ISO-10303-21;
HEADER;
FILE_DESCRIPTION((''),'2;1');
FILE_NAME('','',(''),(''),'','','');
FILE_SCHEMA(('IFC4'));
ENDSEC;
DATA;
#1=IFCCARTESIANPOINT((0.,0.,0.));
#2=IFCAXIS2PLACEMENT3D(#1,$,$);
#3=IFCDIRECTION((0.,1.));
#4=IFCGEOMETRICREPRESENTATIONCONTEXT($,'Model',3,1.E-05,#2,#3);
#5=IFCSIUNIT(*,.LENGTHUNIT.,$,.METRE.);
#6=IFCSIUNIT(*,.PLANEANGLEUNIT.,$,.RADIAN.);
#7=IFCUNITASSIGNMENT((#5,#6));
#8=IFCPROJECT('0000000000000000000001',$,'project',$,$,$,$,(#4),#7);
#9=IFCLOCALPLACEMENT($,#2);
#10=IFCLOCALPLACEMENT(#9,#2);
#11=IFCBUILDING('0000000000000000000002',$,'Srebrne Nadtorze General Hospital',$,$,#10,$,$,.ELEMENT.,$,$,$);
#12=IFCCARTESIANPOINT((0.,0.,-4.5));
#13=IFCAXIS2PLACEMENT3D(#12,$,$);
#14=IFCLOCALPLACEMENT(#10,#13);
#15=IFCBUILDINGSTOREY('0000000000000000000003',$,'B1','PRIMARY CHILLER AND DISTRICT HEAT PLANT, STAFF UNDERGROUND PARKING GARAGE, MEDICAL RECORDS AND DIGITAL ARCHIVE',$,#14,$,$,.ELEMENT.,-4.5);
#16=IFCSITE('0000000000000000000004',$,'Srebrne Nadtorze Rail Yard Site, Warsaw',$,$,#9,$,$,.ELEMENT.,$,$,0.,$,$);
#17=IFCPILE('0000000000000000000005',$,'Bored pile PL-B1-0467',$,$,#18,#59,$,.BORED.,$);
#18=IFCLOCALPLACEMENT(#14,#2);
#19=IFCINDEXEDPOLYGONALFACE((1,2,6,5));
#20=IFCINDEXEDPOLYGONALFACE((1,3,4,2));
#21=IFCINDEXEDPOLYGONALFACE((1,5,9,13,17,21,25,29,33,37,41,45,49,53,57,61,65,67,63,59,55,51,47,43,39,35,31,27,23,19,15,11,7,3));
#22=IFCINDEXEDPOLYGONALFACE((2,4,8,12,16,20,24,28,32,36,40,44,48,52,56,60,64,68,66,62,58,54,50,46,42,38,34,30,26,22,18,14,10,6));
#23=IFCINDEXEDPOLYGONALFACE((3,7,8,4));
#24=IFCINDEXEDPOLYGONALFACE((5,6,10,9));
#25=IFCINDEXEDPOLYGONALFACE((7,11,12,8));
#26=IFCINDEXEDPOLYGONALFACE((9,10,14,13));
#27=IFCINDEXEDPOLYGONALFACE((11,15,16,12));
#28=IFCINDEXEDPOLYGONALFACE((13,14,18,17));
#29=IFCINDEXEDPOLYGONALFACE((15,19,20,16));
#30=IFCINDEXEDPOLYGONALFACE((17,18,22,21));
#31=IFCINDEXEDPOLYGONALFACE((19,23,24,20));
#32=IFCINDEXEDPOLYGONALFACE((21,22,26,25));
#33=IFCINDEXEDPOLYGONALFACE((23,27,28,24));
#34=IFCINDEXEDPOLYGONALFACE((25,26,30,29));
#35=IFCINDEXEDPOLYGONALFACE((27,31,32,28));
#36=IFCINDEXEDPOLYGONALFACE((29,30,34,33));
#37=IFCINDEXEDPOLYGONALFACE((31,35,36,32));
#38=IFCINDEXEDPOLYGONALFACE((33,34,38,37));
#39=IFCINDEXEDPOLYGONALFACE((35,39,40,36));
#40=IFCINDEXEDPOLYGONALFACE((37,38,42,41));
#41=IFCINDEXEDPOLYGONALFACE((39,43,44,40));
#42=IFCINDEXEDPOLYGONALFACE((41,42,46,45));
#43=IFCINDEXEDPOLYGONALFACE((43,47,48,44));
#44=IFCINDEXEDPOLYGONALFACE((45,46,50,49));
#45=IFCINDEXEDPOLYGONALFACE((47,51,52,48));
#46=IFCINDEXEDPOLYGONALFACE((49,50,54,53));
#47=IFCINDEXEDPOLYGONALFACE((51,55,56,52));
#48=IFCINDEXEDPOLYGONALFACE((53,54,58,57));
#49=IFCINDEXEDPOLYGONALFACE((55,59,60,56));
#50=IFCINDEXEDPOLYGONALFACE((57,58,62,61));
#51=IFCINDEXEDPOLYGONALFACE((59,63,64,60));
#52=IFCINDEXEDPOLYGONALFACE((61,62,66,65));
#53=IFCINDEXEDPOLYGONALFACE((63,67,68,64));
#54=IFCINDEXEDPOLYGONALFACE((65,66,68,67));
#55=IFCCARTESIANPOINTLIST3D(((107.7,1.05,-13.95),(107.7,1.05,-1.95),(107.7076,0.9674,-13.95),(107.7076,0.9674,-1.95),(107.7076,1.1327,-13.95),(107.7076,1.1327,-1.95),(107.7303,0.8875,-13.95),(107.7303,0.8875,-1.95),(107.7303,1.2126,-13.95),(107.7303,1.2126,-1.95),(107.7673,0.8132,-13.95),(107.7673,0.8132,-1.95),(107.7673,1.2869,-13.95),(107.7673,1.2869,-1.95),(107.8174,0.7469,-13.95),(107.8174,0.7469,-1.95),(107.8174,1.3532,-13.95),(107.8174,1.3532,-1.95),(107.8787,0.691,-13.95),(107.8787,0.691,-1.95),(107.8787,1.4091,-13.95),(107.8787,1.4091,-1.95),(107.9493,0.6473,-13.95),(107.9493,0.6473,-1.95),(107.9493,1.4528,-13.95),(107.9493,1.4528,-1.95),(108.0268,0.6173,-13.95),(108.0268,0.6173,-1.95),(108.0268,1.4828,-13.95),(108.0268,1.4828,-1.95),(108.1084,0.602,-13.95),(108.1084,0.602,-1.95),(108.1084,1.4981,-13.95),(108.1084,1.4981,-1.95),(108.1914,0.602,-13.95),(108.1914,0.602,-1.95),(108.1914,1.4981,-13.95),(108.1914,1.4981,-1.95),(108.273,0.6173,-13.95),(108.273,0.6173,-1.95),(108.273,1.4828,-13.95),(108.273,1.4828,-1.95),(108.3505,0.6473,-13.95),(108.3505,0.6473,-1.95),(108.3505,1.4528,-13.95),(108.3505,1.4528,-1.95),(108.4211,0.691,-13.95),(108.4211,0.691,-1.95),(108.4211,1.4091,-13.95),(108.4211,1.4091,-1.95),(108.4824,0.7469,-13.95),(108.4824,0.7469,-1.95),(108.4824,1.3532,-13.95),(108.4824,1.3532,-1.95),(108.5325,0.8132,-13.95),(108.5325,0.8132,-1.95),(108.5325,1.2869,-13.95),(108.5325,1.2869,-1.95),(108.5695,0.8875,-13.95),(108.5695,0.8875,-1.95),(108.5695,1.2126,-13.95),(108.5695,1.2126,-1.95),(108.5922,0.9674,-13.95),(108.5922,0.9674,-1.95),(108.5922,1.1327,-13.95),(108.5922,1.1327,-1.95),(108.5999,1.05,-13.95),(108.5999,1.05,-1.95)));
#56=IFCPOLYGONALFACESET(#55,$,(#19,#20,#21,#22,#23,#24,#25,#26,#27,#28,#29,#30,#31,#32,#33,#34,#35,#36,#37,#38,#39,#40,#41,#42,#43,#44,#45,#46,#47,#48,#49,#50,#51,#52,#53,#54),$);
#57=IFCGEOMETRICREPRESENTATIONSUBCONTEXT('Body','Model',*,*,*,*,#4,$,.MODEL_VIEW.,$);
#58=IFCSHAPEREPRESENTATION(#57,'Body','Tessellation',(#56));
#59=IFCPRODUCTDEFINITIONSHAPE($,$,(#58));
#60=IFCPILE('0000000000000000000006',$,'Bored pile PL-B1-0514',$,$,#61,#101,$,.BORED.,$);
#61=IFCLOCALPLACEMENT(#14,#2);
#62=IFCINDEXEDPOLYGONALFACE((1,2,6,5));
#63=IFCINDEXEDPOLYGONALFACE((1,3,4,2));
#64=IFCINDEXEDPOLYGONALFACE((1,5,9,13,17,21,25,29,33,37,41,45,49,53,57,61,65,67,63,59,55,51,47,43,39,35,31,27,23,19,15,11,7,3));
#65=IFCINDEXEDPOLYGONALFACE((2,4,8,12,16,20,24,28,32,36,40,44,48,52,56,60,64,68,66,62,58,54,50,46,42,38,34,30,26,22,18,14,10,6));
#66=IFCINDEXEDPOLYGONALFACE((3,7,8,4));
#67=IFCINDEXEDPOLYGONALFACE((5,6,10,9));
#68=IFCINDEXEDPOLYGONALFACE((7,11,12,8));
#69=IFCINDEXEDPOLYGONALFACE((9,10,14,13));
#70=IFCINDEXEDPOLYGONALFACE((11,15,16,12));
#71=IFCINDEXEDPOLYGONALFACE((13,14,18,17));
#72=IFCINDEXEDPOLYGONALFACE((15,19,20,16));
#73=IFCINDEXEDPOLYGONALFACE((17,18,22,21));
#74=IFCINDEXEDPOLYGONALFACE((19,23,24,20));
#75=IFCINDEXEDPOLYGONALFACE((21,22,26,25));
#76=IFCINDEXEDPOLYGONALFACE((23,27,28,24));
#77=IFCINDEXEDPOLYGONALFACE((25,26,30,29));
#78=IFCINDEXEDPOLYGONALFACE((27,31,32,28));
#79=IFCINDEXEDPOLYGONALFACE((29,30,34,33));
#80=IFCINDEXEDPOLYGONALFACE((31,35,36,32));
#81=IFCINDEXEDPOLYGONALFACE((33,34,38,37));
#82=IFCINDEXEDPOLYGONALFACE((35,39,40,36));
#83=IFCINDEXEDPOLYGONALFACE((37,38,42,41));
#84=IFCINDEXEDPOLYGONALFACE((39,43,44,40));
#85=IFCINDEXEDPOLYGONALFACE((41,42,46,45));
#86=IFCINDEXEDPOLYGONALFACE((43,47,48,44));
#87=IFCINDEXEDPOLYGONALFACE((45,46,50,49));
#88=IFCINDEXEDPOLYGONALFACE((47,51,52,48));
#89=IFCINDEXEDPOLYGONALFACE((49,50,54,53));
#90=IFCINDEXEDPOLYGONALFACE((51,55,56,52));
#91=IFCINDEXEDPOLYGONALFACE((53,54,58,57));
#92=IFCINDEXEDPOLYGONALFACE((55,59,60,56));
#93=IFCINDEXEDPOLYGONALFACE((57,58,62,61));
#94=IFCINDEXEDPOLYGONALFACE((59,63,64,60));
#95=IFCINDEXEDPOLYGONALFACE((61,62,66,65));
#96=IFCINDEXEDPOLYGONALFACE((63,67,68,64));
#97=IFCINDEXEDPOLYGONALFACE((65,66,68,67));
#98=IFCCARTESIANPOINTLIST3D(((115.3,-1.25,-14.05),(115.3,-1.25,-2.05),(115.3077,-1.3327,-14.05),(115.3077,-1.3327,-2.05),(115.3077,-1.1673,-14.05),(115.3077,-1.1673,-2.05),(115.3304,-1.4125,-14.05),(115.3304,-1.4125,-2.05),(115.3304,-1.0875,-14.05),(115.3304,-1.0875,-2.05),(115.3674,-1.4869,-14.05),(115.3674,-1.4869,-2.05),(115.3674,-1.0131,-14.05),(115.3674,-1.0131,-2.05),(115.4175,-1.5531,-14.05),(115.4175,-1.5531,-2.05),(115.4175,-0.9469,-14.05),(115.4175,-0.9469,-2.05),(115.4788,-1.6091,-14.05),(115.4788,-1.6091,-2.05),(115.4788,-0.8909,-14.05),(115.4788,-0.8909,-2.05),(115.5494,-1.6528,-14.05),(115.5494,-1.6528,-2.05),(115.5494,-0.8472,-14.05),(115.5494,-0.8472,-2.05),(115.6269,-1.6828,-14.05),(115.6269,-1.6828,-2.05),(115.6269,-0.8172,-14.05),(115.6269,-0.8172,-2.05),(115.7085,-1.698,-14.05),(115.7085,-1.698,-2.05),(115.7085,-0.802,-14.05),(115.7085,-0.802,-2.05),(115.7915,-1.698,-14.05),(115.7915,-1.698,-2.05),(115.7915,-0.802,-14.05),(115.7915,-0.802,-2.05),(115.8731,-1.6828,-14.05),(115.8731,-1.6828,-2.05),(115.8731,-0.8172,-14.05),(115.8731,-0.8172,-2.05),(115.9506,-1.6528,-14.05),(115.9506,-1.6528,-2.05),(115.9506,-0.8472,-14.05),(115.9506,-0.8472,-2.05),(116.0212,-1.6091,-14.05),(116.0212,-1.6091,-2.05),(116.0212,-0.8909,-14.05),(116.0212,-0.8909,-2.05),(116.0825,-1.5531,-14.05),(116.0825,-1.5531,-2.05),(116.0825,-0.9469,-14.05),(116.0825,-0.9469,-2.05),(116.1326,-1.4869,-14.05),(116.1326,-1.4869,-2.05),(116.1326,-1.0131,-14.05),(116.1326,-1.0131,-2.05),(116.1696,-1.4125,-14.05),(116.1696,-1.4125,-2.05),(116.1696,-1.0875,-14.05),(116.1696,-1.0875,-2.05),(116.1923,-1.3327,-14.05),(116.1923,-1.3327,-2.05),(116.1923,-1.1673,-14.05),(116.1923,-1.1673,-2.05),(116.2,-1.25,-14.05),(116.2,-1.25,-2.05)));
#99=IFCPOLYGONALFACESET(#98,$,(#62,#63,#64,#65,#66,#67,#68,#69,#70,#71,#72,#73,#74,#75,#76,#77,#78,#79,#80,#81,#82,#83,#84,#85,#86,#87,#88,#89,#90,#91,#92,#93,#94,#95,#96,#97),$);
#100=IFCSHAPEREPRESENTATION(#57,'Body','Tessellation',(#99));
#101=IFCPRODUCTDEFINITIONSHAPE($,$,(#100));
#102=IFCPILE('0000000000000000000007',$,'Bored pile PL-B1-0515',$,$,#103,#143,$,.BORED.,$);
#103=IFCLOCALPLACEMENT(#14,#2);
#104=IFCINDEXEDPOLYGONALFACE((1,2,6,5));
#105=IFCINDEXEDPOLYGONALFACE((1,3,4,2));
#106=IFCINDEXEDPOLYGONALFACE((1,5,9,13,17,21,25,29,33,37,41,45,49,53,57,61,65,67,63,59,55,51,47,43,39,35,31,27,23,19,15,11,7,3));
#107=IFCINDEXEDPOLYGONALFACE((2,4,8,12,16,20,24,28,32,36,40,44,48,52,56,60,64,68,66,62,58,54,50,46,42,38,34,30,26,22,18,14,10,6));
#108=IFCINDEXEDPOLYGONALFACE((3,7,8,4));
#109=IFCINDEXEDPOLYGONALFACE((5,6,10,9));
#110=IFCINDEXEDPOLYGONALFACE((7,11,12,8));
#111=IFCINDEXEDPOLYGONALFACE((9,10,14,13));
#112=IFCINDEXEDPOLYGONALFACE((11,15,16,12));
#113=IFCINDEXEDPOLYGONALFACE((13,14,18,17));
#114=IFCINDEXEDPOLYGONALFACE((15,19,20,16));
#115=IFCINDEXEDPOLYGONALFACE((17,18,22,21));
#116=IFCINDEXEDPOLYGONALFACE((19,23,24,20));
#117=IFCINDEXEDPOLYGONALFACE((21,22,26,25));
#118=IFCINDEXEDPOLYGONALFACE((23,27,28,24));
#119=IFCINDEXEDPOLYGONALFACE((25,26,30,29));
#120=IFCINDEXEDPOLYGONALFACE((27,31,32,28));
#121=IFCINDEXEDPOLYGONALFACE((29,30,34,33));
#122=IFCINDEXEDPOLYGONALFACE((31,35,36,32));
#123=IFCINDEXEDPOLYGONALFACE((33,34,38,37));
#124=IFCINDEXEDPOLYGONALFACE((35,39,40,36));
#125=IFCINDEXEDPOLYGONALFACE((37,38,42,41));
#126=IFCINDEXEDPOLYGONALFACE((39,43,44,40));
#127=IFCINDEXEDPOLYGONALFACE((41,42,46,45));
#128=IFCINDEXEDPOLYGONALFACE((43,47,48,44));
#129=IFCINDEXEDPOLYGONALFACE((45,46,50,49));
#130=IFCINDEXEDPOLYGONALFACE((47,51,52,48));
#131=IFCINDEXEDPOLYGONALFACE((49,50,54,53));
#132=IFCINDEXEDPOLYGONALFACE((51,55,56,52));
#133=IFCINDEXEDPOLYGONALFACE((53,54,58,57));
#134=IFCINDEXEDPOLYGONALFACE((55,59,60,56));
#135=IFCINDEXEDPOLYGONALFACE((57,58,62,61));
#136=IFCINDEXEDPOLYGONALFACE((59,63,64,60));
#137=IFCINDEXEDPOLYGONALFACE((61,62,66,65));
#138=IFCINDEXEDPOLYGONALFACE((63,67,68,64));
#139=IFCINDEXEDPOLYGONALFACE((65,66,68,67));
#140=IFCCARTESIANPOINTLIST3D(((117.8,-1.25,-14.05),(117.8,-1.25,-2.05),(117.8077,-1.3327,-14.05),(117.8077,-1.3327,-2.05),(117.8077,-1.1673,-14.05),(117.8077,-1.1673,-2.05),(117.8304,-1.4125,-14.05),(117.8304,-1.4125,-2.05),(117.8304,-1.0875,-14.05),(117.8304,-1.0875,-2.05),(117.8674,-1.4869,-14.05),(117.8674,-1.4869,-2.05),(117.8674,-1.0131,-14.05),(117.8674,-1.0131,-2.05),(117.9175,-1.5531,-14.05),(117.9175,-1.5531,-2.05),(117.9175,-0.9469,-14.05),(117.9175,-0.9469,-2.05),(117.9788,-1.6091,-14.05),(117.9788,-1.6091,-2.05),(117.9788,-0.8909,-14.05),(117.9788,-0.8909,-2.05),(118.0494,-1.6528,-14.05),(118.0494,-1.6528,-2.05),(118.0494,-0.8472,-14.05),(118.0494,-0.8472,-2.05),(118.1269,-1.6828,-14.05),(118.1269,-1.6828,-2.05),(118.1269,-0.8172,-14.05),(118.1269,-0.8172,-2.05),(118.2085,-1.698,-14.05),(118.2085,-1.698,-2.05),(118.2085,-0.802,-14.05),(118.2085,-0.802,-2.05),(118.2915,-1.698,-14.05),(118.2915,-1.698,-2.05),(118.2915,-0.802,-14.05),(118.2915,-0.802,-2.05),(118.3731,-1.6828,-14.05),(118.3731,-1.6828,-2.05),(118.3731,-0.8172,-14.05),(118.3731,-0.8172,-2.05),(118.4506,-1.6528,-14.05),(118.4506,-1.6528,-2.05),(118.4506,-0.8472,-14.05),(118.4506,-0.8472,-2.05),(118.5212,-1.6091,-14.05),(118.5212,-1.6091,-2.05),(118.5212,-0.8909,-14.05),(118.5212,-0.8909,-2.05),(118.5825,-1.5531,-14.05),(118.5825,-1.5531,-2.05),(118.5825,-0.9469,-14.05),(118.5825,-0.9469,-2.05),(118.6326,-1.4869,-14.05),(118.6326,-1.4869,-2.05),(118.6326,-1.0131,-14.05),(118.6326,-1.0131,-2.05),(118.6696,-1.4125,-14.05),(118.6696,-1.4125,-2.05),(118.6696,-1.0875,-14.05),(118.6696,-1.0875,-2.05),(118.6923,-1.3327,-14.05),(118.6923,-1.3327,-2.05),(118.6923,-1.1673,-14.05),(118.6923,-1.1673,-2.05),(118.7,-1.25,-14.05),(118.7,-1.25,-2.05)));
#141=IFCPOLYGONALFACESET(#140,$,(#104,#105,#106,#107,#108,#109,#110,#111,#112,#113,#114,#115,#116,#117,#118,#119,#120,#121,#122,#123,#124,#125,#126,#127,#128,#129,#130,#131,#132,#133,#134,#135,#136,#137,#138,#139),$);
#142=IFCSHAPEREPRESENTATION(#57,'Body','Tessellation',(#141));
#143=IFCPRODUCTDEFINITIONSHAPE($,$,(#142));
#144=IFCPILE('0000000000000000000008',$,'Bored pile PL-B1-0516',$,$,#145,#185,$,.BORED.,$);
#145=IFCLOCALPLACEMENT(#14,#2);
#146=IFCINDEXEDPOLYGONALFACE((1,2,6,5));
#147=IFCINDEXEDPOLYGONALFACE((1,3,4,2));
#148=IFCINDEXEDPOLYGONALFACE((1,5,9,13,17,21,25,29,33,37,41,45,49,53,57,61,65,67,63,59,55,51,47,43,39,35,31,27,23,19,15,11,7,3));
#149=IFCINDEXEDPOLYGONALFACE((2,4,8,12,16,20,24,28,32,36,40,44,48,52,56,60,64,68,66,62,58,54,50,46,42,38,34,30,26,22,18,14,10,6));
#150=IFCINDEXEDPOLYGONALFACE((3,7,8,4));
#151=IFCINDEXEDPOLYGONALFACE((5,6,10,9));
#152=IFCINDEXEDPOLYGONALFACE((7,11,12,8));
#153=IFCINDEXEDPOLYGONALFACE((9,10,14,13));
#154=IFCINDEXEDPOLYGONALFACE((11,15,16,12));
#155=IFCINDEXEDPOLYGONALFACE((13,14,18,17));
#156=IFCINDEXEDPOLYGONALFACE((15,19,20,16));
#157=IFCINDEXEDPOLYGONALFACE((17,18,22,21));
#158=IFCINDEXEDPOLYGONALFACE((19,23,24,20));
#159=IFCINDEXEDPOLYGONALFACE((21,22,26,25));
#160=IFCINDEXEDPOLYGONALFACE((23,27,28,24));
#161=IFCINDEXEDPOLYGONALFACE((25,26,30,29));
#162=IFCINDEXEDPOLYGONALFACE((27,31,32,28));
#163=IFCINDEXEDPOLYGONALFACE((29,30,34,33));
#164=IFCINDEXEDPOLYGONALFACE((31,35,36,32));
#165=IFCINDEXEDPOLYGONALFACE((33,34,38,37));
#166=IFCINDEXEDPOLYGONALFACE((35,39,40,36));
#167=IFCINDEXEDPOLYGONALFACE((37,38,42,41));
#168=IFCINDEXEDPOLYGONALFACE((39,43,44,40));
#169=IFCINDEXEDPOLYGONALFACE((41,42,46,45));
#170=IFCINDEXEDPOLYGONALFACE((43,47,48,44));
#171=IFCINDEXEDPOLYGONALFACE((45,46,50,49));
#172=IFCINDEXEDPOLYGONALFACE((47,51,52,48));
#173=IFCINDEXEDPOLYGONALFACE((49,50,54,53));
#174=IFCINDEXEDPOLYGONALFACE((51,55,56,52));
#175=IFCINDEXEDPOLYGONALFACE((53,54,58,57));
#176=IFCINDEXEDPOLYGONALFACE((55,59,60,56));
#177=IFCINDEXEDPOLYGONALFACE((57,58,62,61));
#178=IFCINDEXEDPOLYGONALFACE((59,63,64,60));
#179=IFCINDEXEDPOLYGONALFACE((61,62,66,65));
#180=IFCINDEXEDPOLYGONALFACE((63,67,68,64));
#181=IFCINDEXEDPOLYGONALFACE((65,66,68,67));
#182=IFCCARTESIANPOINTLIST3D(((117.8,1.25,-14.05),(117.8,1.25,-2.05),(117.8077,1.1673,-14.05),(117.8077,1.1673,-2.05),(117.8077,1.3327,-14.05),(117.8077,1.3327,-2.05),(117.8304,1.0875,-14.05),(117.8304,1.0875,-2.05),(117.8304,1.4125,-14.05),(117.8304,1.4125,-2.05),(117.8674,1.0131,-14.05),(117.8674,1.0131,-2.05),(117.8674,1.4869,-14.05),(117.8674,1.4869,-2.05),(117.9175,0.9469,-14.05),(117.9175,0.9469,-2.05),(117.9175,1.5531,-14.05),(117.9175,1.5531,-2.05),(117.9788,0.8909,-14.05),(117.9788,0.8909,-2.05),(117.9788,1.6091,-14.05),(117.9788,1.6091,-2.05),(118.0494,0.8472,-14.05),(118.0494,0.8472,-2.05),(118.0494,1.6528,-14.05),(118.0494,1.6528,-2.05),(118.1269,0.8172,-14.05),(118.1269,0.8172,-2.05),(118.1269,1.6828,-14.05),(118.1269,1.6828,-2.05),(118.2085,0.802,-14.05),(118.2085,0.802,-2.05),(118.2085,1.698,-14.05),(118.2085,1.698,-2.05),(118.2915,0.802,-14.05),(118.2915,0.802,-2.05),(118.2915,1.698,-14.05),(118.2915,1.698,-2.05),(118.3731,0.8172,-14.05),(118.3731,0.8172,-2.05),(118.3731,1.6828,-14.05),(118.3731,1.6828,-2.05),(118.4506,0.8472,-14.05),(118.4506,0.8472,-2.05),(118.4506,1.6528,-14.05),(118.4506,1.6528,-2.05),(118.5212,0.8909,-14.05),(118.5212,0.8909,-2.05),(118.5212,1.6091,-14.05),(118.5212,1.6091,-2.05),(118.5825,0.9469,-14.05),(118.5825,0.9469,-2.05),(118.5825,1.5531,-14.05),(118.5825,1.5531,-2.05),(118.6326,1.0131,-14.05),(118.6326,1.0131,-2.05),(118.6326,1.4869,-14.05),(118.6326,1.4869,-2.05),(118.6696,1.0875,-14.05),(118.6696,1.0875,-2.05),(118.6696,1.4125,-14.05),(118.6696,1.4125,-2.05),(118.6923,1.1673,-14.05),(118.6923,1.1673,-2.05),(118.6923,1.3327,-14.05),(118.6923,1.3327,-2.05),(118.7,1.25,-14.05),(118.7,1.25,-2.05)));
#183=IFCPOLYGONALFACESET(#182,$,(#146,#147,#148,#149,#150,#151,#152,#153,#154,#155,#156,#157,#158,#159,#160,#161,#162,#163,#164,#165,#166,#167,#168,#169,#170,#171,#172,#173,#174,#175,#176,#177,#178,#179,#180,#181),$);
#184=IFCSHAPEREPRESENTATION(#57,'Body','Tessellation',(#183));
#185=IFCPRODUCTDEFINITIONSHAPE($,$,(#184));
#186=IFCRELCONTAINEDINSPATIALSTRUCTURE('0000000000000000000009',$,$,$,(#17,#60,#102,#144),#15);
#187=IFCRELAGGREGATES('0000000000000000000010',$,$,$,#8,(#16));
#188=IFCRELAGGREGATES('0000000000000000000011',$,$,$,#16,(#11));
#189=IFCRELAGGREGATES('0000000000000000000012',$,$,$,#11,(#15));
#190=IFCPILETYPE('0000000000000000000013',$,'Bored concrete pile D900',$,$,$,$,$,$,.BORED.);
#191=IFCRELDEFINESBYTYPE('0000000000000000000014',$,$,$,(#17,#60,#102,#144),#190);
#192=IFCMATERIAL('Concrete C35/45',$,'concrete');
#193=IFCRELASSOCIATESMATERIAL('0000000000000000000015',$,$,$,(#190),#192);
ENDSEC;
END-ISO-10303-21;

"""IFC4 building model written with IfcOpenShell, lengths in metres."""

from ifc_helpers import new_model, si_unit, direction, frame, origin, origin_2d, place, context, subcontext, project, spatial, circle, extrude, material, material_profile, profile_set, type_object, element, save


model = new_model("IFC4")

# Units and contexts
model_context = context("Model", 3, precision=1e-05, world=origin(), true_north=direction((0.0, 1.0)))
body_context = subcontext(model_context, "Body", "Model", "MODEL_VIEW")
ifc_project = project(units=[si_unit("LENGTHUNIT", "METRE"), si_unit("PLANEANGLEUNIT", "RADIAN")], contexts=[model_context])

# Site, building, storey
site_placement = place(None, origin())
site = spatial("IfcSite", under=ifc_project, at=site_placement, Name="Srebrne Nadtorze Rail Yard Site, Warsaw", CompositionType="ELEMENT", RefElevation=0.0)
building_placement = place(site_placement, origin())
building = spatial("IfcBuilding", under=site, at=building_placement, Name="Srebrne Nadtorze General Hospital", CompositionType="ELEMENT")
storey_placement = place(building_placement, frame((0.0, 0.0, -4.5)))
storey = spatial("IfcBuildingStorey", under=building, at=storey_placement, Name="B1", Description="PRIMARY CHILLER AND DISTRICT HEAT PLANT, STAFF UNDERGROUND PARKING GARAGE, MEDICAL RECORDS AND DIGITAL ARCHIVE", CompositionType="ELEMENT", Elevation=-4.5)

# Piles
ifc_material_1 = material(Name="Concrete C35/45", Category="concrete")
ifc_material_profile_1 = material_profile(ifc_material_1, circle(Radius=0.45, at=origin_2d()), Name="PILE-D900")
ifc_profile_set_1 = profile_set([ifc_material_profile_1], Name="Concrete C35/45")
pile_type_1 = type_object("IfcPileType", Name="Bored concrete pile D900", PredefinedType="BORED", material=ifc_profile_set_1)
for number, where, z_axis, x_axis, name in (
    (1, (108.1499, 1.05, -1.95), (0.0, 0.0, -1.0), (1.0, 0.0, 0.0), "Bored pile PL-B1-0467"),
    (2, (115.75, -1.25, -2.05), (0.0, 0.0, -1.0), (1.0, 0.0, 0.0), "Bored pile PL-B1-0514"),
    (3, (118.25, -1.25, -2.05), (0.0, 0.0, -1.0), (1.0, 0.0, 0.0), "Bored pile PL-B1-0515"),
    (4, (118.25, 1.25, -2.05), (0.0, 0.0, -1.0), (1.0, 0.0, 0.0), "Bored pile PL-B1-0516"),
):
    element("IfcPile", number, at=place(storey_placement, frame(where, z_axis=z_axis, x_axis=x_axis)), inside=storey, type_object=pile_type_1, Name=name, PredefinedType="BORED", context=body_context, shape_type="SweptSolid", body=[
        extrude(circle(Radius=0.45, at=origin_2d()), origin(), (0.0, 0.0, 1.0), 12.0),
    ])

save(model, "model.ifc")
